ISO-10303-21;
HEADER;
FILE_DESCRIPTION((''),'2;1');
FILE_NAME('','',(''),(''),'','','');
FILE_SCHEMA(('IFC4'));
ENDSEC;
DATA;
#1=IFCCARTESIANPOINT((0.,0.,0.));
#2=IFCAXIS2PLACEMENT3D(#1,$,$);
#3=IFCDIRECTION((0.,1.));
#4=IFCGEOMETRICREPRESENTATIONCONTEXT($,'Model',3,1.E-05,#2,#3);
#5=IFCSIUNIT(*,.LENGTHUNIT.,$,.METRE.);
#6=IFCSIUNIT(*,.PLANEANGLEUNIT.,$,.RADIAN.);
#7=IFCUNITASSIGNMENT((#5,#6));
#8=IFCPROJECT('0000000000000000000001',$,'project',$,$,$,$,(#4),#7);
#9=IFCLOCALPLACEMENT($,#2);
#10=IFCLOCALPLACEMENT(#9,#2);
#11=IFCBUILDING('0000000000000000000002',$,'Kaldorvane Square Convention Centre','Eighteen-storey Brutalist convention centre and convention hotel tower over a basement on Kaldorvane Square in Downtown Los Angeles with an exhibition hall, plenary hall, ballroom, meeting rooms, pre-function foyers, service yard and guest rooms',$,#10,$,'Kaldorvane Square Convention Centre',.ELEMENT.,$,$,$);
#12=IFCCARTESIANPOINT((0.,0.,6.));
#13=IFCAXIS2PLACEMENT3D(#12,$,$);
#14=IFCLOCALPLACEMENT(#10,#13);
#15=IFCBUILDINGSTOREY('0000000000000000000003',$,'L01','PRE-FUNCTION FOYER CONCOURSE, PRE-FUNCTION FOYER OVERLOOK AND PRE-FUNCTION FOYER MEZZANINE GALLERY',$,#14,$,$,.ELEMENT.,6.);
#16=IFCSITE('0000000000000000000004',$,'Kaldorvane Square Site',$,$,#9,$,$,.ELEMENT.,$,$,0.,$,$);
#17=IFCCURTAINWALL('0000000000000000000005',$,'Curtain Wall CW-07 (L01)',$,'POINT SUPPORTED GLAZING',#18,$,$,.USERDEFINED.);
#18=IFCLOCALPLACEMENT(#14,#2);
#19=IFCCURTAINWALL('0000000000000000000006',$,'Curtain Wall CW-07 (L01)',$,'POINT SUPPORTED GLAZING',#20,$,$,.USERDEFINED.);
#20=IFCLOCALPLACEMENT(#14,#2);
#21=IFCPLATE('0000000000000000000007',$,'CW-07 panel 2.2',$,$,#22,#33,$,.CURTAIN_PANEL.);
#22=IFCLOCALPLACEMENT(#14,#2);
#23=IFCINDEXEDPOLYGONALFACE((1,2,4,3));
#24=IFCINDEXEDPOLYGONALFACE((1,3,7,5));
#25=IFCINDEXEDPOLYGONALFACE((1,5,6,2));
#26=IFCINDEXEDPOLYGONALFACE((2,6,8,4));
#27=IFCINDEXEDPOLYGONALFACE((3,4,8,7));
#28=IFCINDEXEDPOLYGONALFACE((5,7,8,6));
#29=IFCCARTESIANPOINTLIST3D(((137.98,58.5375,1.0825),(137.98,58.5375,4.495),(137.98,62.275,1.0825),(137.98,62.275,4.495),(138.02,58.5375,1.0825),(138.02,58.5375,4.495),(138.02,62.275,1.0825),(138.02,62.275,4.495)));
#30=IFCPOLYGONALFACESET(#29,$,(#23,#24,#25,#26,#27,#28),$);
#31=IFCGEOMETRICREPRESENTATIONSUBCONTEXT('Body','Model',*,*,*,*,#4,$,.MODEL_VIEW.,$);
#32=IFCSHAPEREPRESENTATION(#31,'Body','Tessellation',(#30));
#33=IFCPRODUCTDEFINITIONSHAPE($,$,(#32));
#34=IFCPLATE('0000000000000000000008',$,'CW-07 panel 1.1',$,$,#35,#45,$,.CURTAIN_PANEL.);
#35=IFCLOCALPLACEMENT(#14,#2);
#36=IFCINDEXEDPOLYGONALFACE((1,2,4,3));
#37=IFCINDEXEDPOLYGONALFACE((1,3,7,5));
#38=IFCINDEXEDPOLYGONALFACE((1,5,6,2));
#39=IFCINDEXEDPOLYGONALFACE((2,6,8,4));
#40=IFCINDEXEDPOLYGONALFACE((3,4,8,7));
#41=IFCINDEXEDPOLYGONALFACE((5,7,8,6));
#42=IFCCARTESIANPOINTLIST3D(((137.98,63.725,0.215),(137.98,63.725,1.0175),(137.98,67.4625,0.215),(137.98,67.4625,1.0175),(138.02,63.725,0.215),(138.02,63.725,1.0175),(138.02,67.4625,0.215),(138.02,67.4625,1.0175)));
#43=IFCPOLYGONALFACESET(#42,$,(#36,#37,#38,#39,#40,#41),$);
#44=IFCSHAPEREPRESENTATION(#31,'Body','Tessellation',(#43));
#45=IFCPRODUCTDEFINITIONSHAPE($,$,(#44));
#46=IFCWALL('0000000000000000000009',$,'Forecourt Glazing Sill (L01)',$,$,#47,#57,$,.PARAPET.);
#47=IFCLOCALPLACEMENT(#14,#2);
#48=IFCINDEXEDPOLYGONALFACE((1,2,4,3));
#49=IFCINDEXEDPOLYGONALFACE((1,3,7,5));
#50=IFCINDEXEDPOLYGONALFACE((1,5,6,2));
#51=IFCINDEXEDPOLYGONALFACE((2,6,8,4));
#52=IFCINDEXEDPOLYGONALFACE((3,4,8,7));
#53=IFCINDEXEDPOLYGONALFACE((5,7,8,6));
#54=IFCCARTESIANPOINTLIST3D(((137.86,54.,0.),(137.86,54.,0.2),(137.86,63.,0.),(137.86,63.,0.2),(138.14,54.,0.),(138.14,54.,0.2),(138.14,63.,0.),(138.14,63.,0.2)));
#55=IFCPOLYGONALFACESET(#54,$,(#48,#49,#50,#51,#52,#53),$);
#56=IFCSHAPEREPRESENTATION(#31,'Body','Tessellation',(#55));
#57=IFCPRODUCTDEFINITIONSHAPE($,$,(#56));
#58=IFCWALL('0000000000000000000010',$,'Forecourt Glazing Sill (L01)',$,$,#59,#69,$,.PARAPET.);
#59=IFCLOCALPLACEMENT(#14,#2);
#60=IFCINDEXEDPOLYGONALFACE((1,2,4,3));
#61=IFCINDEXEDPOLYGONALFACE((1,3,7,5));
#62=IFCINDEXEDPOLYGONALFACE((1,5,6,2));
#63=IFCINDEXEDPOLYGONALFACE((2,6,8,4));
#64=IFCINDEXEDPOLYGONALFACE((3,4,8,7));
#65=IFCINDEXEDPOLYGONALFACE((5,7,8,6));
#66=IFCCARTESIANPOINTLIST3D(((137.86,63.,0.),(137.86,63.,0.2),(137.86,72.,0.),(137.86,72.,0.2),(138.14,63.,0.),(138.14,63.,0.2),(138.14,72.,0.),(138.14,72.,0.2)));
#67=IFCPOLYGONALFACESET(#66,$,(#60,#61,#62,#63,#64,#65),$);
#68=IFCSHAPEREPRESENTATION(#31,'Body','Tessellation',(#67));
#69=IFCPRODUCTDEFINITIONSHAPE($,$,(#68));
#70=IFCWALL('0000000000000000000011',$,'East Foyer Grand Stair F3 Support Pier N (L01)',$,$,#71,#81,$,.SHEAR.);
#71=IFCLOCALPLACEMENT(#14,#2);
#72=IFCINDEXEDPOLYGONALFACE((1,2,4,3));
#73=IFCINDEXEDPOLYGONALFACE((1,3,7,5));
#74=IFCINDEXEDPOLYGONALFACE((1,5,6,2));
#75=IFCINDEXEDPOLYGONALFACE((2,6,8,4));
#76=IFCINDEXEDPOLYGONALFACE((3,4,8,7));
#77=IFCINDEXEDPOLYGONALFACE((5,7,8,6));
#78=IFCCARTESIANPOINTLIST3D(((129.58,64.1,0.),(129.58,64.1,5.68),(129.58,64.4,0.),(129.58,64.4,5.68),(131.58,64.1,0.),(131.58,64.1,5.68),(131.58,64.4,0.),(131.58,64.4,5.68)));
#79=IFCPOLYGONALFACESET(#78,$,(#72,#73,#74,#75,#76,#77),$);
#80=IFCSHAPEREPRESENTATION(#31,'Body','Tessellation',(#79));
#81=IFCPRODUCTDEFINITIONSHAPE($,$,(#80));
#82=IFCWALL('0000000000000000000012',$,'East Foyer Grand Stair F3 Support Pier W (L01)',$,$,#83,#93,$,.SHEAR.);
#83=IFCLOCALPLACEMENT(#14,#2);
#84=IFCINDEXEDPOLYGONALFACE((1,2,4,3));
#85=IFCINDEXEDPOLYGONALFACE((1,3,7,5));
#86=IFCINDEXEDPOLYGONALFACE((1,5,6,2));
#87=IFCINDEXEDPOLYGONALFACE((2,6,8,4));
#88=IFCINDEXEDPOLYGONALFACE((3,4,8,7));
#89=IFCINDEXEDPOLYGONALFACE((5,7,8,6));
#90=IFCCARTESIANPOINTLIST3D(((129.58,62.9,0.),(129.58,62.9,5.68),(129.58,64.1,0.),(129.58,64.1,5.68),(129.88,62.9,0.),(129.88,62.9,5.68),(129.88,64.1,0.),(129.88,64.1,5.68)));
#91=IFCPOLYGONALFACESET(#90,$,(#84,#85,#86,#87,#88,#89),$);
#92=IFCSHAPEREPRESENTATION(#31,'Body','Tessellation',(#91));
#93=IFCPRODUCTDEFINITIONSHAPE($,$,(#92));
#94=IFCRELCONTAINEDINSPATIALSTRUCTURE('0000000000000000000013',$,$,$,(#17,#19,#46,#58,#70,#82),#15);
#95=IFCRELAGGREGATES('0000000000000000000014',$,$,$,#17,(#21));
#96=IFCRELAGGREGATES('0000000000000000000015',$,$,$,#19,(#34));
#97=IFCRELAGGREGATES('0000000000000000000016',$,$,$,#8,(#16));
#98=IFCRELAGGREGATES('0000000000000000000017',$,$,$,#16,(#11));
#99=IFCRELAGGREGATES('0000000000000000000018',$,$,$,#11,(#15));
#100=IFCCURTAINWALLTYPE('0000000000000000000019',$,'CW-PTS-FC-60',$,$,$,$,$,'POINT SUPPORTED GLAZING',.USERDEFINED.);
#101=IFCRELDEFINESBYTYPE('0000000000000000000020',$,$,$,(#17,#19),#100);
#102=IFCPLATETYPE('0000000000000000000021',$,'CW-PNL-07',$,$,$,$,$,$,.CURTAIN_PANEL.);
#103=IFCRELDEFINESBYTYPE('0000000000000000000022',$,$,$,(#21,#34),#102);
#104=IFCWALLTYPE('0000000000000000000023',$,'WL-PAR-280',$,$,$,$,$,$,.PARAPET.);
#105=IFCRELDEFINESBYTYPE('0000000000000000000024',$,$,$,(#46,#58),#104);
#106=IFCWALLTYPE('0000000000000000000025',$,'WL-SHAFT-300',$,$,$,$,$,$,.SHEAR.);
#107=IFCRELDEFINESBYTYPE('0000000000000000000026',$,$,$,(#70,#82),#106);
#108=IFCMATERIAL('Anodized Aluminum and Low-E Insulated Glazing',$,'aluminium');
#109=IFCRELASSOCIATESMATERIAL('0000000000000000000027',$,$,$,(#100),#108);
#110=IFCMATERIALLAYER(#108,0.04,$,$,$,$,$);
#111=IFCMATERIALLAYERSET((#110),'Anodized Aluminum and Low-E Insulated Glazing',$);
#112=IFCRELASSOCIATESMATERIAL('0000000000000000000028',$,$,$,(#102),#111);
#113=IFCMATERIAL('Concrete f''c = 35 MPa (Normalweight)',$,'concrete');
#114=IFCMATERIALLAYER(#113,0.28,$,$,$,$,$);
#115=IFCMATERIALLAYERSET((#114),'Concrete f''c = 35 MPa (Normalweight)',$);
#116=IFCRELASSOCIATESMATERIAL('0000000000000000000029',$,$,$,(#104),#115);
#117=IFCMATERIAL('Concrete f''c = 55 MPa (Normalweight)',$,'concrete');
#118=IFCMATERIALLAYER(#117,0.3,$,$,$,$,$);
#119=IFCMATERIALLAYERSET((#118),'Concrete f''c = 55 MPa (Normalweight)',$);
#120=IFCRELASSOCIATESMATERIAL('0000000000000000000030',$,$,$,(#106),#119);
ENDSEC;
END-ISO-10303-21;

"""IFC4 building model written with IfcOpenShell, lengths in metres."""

from ifc_helpers import new_model, si_unit, direction, frame, frame_2d, origin, origin_2d, place, context, subcontext, project, spatial, rectangle, extrude, material, layer, layer_set, type_object, element, aggregate, save


model = new_model("IFC4")

# Units and contexts
model_context = context("Model", 3, precision=1e-05, world=origin(), true_north=direction((0.0, 1.0)))
body_context = subcontext(model_context, "Body", "Model", "MODEL_VIEW")
ifc_project = project(units=[si_unit("LENGTHUNIT", "METRE"), si_unit("PLANEANGLEUNIT", "RADIAN")], contexts=[model_context])

# Site, building, storey
site_placement = place(None, origin())
site = spatial("IfcSite", under=ifc_project, at=site_placement, Name="Kaldorvane Square Site", CompositionType="ELEMENT", RefElevation=0.0)
building_placement = place(site_placement, origin())
building = spatial("IfcBuilding", under=site, at=building_placement, Name="Kaldorvane Square Convention Centre", Description="Eighteen-storey Brutalist convention centre and convention hotel tower over a basement on Kaldorvane Square in Downtown Los Angeles with an exhibition hall, plenary hall, ballroom, meeting rooms, pre-function foyers, service yard and guest rooms", LongName="Kaldorvane Square Convention Centre", CompositionType="ELEMENT")
storey_placement = place(building_placement, frame((0.0, 0.0, 6.0)))
storey = spatial("IfcBuildingStorey", under=building, at=storey_placement, Name="L01", Description="PRE-FUNCTION FOYER CONCOURSE, PRE-FUNCTION FOYER OVERLOOK AND PRE-FUNCTION FOYER MEZZANINE GALLERY", CompositionType="ELEMENT", Elevation=6.0)

# Curtain wall
ifc_material_1 = material(Name="Anodized Aluminum and Low-E Insulated Glazing", Category="aluminium")
curtain_wall_type = type_object("IfcCurtainWallType", Name="CW-PTS-FC-60", ElementType="POINT SUPPORTED GLAZING", PredefinedType="USERDEFINED", material=ifc_material_1)
curtain_wall_1_placement = place(storey_placement, origin())
curtain_wall_1 = element("IfcCurtainWall", 1, at=curtain_wall_1_placement, inside=storey, type_object=curtain_wall_type, Name="Curtain Wall CW-07 (L01)", ObjectType="POINT SUPPORTED GLAZING", PredefinedType="USERDEFINED")

# Curtain wall
curtain_wall_2_placement = place(storey_placement, origin())
curtain_wall_2 = element("IfcCurtainWall", 2, at=curtain_wall_2_placement, inside=storey, type_object=curtain_wall_type, Name="Curtain Wall CW-07 (L01)", ObjectType="POINT SUPPORTED GLAZING", PredefinedType="USERDEFINED")

# Plates
ifc_layer_1 = layer(ifc_material_1, 0.04)
ifc_layer_set_1 = layer_set([ifc_layer_1], Name="Anodized Aluminum and Low-E Insulated Glazing")
plate_type = type_object("IfcPlateType", Name="CW-PNL-07", PredefinedType="CURTAIN_PANEL", material=ifc_layer_set_1)
plate_1_placement = place(storey_placement, frame((138.0, 60.4062, 1.0825), z_axis=(0.0, 0.0, 1.0), x_axis=(0.0, 1.0, 0.0)))
plate_1 = element("IfcPlate", 3, at=plate_1_placement, type_object=plate_type, Name="CW-07 panel 2.2", PredefinedType="CURTAIN_PANEL", context=body_context, shape_type="SweptSolid", body=[
    extrude(rectangle(XDim=3.7375, YDim=0.04, at=origin_2d()), origin(), (0.0, 0.0, 1.0), 3.4125),
])
aggregate(curtain_wall_1, [plate_1])
plate_2_placement = place(storey_placement, frame((138.0, 65.5938, 0.215), z_axis=(0.0, 0.0, 1.0), x_axis=(0.0, 1.0, 0.0)))
plate_2 = element("IfcPlate", 4, at=plate_2_placement, type_object=plate_type, Name="CW-07 panel 1.1", PredefinedType="CURTAIN_PANEL", context=body_context, shape_type="SweptSolid", body=[
    extrude(rectangle(XDim=3.7375, YDim=0.04, at=origin_2d()), origin(), (0.0, 0.0, 1.0), 0.8025),
])
aggregate(curtain_wall_2, [plate_2])

# Walls
ifc_material_2 = material(Name="Concrete f'c = 35 MPa (Normalweight)", Category="concrete")
ifc_layer_2 = layer(ifc_material_2, 0.28)
ifc_layer_set_2 = layer_set([ifc_layer_2], Name="Concrete f'c = 35 MPa (Normalweight)")
wall_type_1 = type_object("IfcWallType", Name="WL-PAR-280", PredefinedType="PARAPET", material=ifc_layer_set_2)
for number, where, z_axis, x_axis, name in (
    (5, (138.0, 54.0, 0.0), (0.0, 0.0, 1.0), (0.0, 1.0, 0.0), "Forecourt Glazing Sill (L01)"),
    (6, (138.0, 63.0, 0.0), (0.0, 0.0, 1.0), (0.0, 1.0, 0.0), "Forecourt Glazing Sill (L01)"),
):
    element("IfcWall", number, at=place(storey_placement, frame(where, z_axis=z_axis, x_axis=x_axis)), inside=storey, type_object=wall_type_1, Name=name, PredefinedType="PARAPET", context=body_context, shape_type="SweptSolid", body=[
        extrude(rectangle(XDim=9.0, YDim=0.28, at=frame_2d((4.5, 0.0))), origin(), (0.0, 0.0, 1.0), 0.2),
    ])
ifc_material_3 = material(Name="Concrete f'c = 55 MPa (Normalweight)", Category="concrete")
ifc_layer_3 = layer(ifc_material_3, 0.3)
ifc_layer_set_3 = layer_set([ifc_layer_3], Name="Concrete f'c = 55 MPa (Normalweight)")
wall_type_2 = type_object("IfcWallType", Name="WL-SHAFT-300", PredefinedType="SHEAR", material=ifc_layer_set_3)
wall_1_placement = place(storey_placement, frame((129.58, 64.25, 0.0), z_axis=(0.0, 0.0, 1.0), x_axis=(1.0, 0.0, 0.0)))
element("IfcWall", 7, at=wall_1_placement, inside=storey, type_object=wall_type_2, Name="East Foyer Grand Stair F3 Support Pier N (L01)", PredefinedType="SHEAR", context=body_context, shape_type="SweptSolid", body=[
    extrude(rectangle(XDim=2.0, YDim=0.3, at=frame_2d((1.0, 0.0))), origin(), (0.0, 0.0, 1.0), 5.68),
])
wall_2_placement = place(storey_placement, frame((129.73, 62.9, 0.0), z_axis=(0.0, 0.0, 1.0), x_axis=(0.0, 1.0, 0.0)))
element("IfcWall", 8, at=wall_2_placement, inside=storey, type_object=wall_type_2, Name="East Foyer Grand Stair F3 Support Pier W (L01)", PredefinedType="SHEAR", context=body_context, shape_type="SweptSolid", body=[
    extrude(rectangle(XDim=1.2, YDim=0.3, at=frame_2d((0.6, 0.0))), origin(), (0.0, 0.0, 1.0), 5.68),
])

save(model, "model.ifc")
